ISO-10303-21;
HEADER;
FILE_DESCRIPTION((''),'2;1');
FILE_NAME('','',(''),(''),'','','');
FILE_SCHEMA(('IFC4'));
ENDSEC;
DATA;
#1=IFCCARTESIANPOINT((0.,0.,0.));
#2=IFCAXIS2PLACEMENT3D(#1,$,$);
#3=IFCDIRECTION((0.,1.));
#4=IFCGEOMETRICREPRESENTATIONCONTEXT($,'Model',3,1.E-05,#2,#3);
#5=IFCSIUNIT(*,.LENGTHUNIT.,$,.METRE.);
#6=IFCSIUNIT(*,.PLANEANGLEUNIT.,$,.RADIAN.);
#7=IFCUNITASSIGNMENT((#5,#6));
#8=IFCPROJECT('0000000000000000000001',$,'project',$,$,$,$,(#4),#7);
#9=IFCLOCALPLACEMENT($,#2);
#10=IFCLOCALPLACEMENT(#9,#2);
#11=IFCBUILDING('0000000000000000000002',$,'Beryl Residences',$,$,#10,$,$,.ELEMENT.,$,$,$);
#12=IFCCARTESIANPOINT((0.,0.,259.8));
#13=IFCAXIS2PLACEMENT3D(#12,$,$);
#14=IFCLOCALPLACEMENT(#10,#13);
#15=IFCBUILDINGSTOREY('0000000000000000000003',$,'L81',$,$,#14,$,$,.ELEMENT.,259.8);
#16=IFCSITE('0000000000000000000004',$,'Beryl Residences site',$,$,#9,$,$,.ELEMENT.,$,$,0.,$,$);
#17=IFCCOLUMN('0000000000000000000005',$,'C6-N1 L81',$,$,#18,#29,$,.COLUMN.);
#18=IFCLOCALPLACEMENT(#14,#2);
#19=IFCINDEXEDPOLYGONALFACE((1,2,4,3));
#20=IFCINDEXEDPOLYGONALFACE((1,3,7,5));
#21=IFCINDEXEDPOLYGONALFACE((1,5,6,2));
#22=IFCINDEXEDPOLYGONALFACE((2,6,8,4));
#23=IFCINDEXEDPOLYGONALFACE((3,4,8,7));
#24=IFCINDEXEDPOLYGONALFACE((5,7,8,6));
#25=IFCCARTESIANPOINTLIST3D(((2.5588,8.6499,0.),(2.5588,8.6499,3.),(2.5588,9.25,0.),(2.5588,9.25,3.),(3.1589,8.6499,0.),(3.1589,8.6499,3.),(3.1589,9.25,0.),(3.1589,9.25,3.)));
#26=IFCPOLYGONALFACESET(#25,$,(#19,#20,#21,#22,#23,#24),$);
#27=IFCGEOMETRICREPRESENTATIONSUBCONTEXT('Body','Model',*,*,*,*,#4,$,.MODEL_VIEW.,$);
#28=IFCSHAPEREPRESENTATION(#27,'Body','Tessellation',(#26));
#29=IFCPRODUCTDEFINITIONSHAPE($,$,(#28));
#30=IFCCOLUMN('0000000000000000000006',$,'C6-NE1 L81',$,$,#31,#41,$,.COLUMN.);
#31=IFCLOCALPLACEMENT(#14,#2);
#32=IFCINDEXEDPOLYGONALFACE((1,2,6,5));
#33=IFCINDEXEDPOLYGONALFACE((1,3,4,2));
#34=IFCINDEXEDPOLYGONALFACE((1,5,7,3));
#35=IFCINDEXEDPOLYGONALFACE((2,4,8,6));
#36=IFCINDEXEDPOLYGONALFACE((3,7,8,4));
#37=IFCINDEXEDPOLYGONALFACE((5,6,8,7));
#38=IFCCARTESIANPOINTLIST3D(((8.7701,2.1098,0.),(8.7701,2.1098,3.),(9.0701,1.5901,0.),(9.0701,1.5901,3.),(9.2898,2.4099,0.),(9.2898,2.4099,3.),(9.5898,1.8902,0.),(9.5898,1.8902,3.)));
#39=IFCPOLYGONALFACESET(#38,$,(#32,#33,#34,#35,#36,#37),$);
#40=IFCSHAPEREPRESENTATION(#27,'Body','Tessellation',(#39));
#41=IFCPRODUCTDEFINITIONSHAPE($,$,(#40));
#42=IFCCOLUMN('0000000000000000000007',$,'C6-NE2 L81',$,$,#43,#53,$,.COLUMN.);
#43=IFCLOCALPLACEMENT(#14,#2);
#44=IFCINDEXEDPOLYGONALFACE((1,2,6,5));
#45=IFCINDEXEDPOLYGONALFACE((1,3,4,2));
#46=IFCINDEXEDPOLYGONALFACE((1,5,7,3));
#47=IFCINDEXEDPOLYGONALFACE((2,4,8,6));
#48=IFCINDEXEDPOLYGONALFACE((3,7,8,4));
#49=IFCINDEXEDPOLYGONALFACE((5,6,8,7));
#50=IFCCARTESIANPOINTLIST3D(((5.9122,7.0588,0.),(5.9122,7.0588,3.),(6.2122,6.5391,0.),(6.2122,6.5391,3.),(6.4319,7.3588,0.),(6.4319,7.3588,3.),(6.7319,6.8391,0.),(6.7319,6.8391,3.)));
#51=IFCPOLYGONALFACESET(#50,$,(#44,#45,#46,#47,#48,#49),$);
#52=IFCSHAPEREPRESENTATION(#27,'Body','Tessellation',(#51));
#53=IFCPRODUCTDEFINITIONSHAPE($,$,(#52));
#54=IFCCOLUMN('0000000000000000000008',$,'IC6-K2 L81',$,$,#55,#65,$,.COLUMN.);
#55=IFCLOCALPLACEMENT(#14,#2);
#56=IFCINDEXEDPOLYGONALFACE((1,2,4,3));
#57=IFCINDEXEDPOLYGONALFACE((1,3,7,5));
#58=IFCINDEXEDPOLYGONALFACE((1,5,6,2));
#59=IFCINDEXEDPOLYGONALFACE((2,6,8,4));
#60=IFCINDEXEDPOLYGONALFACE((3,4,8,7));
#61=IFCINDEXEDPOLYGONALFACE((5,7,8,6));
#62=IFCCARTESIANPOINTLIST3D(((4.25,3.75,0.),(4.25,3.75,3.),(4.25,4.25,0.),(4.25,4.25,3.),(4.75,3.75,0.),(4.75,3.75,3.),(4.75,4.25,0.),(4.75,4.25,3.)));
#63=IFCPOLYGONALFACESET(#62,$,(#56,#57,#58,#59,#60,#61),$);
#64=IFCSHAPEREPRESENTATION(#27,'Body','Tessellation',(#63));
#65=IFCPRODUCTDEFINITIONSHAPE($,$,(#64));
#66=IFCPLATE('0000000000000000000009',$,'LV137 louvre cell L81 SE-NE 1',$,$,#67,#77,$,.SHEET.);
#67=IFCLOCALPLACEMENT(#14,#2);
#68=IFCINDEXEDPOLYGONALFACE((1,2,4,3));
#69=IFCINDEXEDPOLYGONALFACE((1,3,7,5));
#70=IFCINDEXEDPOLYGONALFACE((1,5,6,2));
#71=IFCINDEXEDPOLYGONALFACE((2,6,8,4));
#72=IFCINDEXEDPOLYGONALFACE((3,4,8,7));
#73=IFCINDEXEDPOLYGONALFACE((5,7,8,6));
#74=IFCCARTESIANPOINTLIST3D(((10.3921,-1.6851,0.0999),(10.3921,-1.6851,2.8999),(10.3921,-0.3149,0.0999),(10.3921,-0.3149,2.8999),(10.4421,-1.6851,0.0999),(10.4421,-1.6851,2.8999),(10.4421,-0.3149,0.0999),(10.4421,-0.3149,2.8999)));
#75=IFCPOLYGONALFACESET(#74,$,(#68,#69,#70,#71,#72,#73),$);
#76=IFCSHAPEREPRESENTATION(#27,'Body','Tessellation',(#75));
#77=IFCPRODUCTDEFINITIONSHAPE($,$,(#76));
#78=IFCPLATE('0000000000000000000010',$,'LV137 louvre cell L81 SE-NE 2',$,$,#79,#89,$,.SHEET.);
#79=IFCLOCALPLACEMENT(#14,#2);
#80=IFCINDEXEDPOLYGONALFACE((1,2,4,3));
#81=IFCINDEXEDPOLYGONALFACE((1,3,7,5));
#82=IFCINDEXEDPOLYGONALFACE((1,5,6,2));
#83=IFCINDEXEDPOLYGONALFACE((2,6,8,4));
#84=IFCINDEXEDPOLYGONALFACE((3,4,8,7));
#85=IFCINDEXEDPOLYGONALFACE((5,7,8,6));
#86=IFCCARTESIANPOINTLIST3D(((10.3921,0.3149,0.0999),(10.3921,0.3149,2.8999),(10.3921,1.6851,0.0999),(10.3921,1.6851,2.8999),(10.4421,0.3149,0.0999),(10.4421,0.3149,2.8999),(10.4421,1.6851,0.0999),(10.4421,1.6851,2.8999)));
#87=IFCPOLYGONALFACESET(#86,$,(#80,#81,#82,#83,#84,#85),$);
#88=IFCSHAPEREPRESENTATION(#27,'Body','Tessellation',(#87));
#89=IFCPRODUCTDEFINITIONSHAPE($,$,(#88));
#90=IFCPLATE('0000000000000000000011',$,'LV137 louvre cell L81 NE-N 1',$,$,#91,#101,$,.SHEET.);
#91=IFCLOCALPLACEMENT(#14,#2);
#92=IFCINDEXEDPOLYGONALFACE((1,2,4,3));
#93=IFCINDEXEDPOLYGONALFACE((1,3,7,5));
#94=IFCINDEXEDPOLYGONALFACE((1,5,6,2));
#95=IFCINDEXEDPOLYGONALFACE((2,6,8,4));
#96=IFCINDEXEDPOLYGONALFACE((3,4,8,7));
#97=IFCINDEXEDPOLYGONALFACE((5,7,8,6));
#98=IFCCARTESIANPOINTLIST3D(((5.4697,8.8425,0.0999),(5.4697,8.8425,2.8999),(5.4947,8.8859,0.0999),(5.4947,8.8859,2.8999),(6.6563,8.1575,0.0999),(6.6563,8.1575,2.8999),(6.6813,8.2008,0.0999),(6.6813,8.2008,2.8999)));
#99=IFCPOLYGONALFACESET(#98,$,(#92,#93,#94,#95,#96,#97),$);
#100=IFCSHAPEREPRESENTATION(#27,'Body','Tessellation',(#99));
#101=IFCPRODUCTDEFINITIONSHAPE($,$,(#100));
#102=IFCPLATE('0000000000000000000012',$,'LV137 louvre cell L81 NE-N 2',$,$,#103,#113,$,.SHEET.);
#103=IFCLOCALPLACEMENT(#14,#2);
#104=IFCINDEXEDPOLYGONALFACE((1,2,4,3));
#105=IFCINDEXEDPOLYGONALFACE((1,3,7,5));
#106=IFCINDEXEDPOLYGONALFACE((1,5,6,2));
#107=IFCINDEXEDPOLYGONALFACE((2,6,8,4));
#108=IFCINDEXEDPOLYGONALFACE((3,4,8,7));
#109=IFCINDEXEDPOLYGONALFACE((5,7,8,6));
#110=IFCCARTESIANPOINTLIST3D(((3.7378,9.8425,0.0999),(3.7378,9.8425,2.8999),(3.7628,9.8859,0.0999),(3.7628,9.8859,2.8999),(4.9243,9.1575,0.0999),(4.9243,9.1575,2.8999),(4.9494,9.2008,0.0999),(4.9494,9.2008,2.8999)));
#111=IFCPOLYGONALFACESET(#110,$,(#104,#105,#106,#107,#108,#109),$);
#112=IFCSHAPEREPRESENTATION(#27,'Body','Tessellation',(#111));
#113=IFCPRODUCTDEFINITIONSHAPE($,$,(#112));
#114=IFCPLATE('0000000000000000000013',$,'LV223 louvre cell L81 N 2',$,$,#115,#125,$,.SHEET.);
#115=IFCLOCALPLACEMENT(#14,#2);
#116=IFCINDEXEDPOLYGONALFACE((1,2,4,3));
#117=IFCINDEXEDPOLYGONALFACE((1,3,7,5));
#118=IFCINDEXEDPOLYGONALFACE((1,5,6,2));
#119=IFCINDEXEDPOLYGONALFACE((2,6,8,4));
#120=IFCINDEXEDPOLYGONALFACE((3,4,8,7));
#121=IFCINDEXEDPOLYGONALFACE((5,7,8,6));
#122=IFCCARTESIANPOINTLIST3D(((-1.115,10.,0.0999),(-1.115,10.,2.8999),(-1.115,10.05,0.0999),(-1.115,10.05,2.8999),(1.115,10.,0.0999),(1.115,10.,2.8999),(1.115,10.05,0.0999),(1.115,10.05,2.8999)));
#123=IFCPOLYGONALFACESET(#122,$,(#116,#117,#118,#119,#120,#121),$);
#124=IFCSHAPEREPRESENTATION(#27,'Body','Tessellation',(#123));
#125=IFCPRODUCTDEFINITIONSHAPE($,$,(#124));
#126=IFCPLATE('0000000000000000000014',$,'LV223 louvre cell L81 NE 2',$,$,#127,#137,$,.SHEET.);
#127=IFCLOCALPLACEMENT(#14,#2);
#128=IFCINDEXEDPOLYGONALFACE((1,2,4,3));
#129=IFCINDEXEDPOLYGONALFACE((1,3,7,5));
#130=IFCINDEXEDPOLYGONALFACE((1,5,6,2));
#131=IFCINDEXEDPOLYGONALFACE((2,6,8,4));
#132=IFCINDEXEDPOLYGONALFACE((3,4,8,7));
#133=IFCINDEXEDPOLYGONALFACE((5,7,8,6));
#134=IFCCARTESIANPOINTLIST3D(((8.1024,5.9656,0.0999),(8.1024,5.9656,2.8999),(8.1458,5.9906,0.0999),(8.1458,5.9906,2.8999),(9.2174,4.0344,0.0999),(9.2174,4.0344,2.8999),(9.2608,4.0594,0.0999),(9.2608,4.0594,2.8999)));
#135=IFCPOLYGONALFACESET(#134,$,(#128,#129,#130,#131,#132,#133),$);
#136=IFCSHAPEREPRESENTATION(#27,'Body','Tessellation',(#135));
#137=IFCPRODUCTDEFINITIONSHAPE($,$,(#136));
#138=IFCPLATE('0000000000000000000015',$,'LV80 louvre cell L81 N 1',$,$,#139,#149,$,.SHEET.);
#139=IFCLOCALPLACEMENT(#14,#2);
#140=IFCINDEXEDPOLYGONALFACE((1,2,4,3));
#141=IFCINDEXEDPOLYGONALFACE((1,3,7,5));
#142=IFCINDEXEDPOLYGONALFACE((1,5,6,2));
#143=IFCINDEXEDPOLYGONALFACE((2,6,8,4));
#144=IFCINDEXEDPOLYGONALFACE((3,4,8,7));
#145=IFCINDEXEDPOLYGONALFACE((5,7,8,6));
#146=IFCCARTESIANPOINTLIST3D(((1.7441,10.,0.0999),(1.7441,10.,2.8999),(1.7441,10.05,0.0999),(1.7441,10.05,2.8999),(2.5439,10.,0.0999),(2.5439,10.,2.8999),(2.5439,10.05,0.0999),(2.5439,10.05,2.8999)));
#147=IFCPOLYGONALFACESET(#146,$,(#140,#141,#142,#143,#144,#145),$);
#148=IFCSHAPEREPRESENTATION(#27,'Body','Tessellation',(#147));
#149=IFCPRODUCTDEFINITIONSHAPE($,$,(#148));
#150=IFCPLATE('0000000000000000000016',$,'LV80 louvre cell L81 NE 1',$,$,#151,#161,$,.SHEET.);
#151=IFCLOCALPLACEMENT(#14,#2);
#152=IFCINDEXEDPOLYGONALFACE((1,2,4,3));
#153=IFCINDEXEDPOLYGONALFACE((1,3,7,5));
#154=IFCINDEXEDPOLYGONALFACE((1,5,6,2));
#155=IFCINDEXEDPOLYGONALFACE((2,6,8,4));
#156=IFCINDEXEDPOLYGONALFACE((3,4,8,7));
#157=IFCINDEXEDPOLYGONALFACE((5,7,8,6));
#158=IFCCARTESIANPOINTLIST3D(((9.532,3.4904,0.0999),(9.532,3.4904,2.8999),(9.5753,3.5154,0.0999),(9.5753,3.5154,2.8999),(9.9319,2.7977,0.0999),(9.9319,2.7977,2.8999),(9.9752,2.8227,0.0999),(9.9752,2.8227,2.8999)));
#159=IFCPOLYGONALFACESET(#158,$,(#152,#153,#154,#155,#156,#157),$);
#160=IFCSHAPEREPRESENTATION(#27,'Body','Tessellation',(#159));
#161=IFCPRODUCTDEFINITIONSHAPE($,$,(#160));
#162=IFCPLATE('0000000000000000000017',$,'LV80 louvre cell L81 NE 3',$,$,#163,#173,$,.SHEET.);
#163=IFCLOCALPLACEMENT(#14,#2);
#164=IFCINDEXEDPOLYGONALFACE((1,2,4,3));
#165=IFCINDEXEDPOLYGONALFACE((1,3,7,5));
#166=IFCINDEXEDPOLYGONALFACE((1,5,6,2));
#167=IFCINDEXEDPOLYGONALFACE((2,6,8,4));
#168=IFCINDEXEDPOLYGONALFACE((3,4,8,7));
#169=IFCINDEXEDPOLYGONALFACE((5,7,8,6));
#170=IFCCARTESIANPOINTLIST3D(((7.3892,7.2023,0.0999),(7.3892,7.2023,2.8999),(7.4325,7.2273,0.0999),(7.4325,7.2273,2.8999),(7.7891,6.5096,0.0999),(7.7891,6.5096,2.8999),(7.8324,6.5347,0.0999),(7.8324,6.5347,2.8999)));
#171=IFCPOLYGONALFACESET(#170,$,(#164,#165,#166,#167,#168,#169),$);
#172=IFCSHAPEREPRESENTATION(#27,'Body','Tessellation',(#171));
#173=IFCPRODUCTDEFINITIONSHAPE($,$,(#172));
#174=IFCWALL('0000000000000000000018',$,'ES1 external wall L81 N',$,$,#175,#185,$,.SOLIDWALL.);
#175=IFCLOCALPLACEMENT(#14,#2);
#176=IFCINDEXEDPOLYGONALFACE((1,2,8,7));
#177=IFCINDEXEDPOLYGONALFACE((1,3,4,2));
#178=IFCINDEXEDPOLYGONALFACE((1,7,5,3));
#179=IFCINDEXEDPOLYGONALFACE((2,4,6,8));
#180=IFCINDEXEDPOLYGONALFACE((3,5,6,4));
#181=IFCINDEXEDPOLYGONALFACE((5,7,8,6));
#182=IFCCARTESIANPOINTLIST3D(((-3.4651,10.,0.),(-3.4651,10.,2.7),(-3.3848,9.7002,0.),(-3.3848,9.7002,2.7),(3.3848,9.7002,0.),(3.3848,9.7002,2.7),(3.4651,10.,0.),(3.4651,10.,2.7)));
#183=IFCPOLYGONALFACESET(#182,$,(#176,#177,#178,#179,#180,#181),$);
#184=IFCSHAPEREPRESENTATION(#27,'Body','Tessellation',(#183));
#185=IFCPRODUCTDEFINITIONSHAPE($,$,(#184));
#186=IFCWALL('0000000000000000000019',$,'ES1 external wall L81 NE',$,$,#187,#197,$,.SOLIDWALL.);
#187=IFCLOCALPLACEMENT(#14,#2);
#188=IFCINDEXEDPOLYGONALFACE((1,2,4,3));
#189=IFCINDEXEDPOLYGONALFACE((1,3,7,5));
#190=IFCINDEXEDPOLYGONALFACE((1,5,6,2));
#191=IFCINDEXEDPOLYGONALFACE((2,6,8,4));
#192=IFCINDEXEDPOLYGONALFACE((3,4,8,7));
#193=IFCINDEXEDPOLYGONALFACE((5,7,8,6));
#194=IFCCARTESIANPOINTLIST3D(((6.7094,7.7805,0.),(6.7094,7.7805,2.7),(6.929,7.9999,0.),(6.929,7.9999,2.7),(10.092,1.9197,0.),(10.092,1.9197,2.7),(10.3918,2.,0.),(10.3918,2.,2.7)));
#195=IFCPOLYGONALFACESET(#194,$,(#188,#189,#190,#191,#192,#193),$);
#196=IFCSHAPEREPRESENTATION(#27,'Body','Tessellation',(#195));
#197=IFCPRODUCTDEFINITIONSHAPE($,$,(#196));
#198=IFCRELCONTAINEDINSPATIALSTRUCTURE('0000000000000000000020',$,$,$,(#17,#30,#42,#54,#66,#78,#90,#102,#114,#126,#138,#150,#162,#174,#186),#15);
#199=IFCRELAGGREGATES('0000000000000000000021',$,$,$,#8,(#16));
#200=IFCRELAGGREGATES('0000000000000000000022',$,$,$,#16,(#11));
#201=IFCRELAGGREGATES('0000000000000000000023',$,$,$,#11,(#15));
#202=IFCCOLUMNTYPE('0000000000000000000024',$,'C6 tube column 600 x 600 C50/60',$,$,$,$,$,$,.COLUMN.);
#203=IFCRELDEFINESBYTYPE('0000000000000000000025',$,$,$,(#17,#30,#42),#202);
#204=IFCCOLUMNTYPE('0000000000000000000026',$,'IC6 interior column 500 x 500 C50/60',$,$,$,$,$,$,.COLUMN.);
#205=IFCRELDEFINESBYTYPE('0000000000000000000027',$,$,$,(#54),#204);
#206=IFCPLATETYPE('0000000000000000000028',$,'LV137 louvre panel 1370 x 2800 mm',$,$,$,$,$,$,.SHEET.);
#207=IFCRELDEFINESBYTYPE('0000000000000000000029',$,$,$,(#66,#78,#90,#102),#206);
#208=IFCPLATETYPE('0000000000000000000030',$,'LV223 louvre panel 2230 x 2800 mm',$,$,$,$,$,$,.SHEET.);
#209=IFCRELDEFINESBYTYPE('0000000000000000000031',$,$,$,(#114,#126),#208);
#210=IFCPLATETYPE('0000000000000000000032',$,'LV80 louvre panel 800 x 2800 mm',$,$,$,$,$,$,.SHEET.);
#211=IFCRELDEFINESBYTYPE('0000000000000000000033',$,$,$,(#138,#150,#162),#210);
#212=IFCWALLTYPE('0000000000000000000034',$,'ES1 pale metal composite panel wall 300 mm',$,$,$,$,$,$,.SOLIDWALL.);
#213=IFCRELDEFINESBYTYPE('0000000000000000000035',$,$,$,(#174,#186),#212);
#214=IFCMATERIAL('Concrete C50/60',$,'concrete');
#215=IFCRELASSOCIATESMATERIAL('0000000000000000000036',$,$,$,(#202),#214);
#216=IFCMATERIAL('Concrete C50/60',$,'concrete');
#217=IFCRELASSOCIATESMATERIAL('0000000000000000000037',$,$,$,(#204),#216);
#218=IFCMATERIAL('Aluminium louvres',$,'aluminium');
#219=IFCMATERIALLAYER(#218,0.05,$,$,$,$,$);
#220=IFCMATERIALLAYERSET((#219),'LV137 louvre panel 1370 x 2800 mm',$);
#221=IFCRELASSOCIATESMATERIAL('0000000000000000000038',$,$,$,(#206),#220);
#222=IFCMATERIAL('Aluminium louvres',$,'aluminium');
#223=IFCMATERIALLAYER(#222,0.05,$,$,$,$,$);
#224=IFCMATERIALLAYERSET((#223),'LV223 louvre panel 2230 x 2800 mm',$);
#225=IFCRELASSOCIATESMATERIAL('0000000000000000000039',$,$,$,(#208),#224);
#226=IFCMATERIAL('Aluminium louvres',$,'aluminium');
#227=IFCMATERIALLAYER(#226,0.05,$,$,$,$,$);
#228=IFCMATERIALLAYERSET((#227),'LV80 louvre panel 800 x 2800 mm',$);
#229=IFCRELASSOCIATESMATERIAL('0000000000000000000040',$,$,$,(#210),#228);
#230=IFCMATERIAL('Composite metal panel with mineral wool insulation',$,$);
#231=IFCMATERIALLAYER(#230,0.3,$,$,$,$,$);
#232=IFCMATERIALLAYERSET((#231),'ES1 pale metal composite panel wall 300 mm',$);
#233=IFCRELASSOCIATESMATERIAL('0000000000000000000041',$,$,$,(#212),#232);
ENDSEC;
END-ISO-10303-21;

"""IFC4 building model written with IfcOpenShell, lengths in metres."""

from ifc_helpers import new_model, si_unit, direction, frame, origin, origin_2d, place, context, subcontext, project, spatial, polyline, rectangle, outline, extrude, source, transform, mapped, material, layer, layer_set, material_profile, profile_set, type_object, type_shapes, element, save


model = new_model("IFC4")

# Units and contexts
model_context = context("Model", 3, precision=1e-05, world=origin(), true_north=direction((0.0, 1.0)))
body_context = subcontext(model_context, "Body", "Model", "MODEL_VIEW")
ifc_project = project(units=[si_unit("LENGTHUNIT", "METRE"), si_unit("PLANEANGLEUNIT", "RADIAN")], contexts=[model_context])

# Site, building, storey
site_placement = place(None, origin())
site = spatial("IfcSite", under=ifc_project, at=site_placement, Name="Beryl Residences site", CompositionType="ELEMENT", RefElevation=0.0)
building_placement = place(site_placement, origin())
building = spatial("IfcBuilding", under=site, at=building_placement, Name="Beryl Residences", CompositionType="ELEMENT")
storey_placement = place(building_placement, frame((0.0, 0.0, 259.8)))
storey = spatial("IfcBuildingStorey", under=building, at=storey_placement, Name="L81", CompositionType="ELEMENT", Elevation=259.8)

# Columns
ifc_material_1 = material(Name="Concrete C50/60", Category="concrete")
ifc_material_profile_1 = material_profile(ifc_material_1, rectangle(XDim=0.6001, YDim=0.6001, at=origin_2d()))
ifc_profile_set_1 = profile_set([ifc_material_profile_1], Name="Concrete C50/60")
column_type_1 = type_object("IfcColumnType", Name="C6 tube column 600 x 600 C50/60", PredefinedType="COLUMN", material=ifc_profile_set_1)
for number, where, z_axis, x_axis, name in (
    (1, (2.8589, 8.95, 0.0), (0.0, 0.0, 1.0), (-1.0, 0.0, 0.0), "C6-N1 L81"),
    (2, (9.1799, 2.0, 0.0), (0.0, 0.0, 1.0), (-0.49997, 0.866043, 0.0), "C6-NE1 L81"),
    (3, (6.322, 6.949, 0.0), (0.0, 0.0, 1.0), (-0.49997, 0.866043, 0.0), "C6-NE2 L81"),
):
    element("IfcColumn", number, at=place(storey_placement, frame(where, z_axis=z_axis, x_axis=x_axis)), inside=storey, type_object=column_type_1, Name=name, PredefinedType="COLUMN", context=body_context, shape_type="SweptSolid", body=[
        extrude(rectangle(XDim=0.6001, YDim=0.6001, at=origin_2d()), origin(), (0.0, 0.0, 1.0), 3.0),
    ])
ifc_material_2 = material(Name="Concrete C50/60", Category="concrete")
ifc_material_profile_2 = material_profile(ifc_material_2, rectangle(XDim=0.5, YDim=0.5, at=origin_2d()))
ifc_profile_set_2 = profile_set([ifc_material_profile_2], Name="Concrete C50/60")
column_type_2 = type_object("IfcColumnType", Name="IC6 interior column 500 x 500 C50/60", PredefinedType="COLUMN", material=ifc_profile_set_2)
column_placement = place(storey_placement, frame((4.5, 4.0, 0.0), z_axis=(0.0, 0.0, 1.0), x_axis=(1.0, 0.0, 0.0)))
element("IfcColumn", 4, at=column_placement, inside=storey, type_object=column_type_2, Name="IC6-K2 L81", PredefinedType="COLUMN", context=body_context, shape_type="SweptSolid", body=[
    extrude(rectangle(XDim=0.5, YDim=0.5, at=origin_2d()), origin(), (0.0, 0.0, 1.0), 3.0),
])

# Plates
ifc_material_3 = material(Name="Aluminium louvres", Category="aluminium")
ifc_layer_1 = layer(ifc_material_3, 0.05)
ifc_layer_set_1 = layer_set([ifc_layer_1], Name="LV137 louvre panel 1370 x 2800 mm")
plate_type_1 = type_object("IfcPlateType", Name="LV137 louvre panel 1370 x 2800 mm", PredefinedType="SHEET", material=ifc_layer_set_1)
shared_shape_1 = source(origin(), body_context, "Body", "SweptSolid", [
    extrude(outline(polyline([(-0.6851, 0.0), (0.6851, 0.0), (0.6851, 0.05), (-0.6851, 0.05), (-0.6851, 0.0)])), origin(), (0.0, 0.0, 1.0), 2.8),
])
type_shapes(plate_type_1, [shared_shape_1])
for number, where, z_axis, x_axis, name in (
    (5, (10.3921, -1.0, 0.0999), (0.0, 0.0, 1.0), (0.0, -1.0, 0.0), "LV137 louvre cell L81 SE-NE 1"),
    (6, (10.3921, 1.0, 0.0999), (0.0, 0.0, 1.0), (0.0, -1.0, 0.0), "LV137 louvre cell L81 SE-NE 2"),
    (7, (6.063, 8.5, 0.0999), (0.0, 0.0, 1.0), (0.866025, -0.5, 0.0), "LV137 louvre cell L81 NE-N 1"),
    (8, (4.3311, 9.5, 0.0999), (0.0, 0.0, 1.0), (0.866025, -0.5, 0.0), "LV137 louvre cell L81 NE-N 2"),
):
    element("IfcPlate", number, at=place(storey_placement, frame(where, z_axis=z_axis, x_axis=x_axis)), inside=storey, type_object=plate_type_1, Name=name, PredefinedType="SHEET", context=body_context, shape_type="MappedRepresentation", body=[
        mapped(shared_shape_1, transform((0.0, 0.0, 0.0))),
    ])
ifc_material_4 = material(Name="Aluminium louvres", Category="aluminium")
ifc_layer_2 = layer(ifc_material_4, 0.05)
ifc_layer_set_2 = layer_set([ifc_layer_2], Name="LV223 louvre panel 2230 x 2800 mm")
plate_type_2 = type_object("IfcPlateType", Name="LV223 louvre panel 2230 x 2800 mm", PredefinedType="SHEET", material=ifc_layer_set_2)
shared_shape_2 = source(origin(), body_context, "Body", "SweptSolid", [
    extrude(outline(polyline([(-1.115, 0.0), (1.115, 0.0), (1.115, 0.05), (-1.115, 0.05), (-1.115, 0.0)])), origin(), (0.0, 0.0, 1.0), 2.8),
])
type_shapes(plate_type_2, [shared_shape_2])
for number, where, z_axis, x_axis, name in (
    (9, (0.0, 10.0, 0.0999), (0.0, 0.0, 1.0), (1.0, 0.0, 0.0), "LV223 louvre cell L81 N 2"),
    (10, (8.6599, 5.0, 0.0999), (0.0, 0.0, 1.0), (0.5, -0.866025, 0.0), "LV223 louvre cell L81 NE 2"),
):
    element("IfcPlate", number, at=place(storey_placement, frame(where, z_axis=z_axis, x_axis=x_axis)), inside=storey, type_object=plate_type_2, Name=name, PredefinedType="SHEET", context=body_context, shape_type="MappedRepresentation", body=[
        mapped(shared_shape_2, transform((0.0, 0.0, 0.0))),
    ])
ifc_material_5 = material(Name="Aluminium louvres", Category="aluminium")
ifc_layer_3 = layer(ifc_material_5, 0.05)
ifc_layer_set_3 = layer_set([ifc_layer_3], Name="LV80 louvre panel 800 x 2800 mm")
plate_type_3 = type_object("IfcPlateType", Name="LV80 louvre panel 800 x 2800 mm", PredefinedType="SHEET", material=ifc_layer_set_3)
shared_shape_3 = source(origin(), body_context, "Body", "SweptSolid", [
    extrude(outline(polyline([(-0.3999, 0.0), (0.3999, 0.0), (0.3999, 0.05), (-0.3999, 0.05), (-0.3999, 0.0)])), origin(), (0.0, 0.0, 1.0), 2.8),
])
type_shapes(plate_type_3, [shared_shape_3])
for number, where, z_axis, x_axis, name in (
    (11, (2.144, 10.0, 0.0999), (0.0, 0.0, 1.0), (1.0, 0.0, 0.0), "LV80 louvre cell L81 N 1"),
    (12, (9.7319, 3.144, 0.0999), (0.0, 0.0, 1.0), (0.5, -0.866025, 0.0), "LV80 louvre cell L81 NE 1"),
    (13, (7.5891, 6.856, 0.0999), (0.0, 0.0, 1.0), (0.5, -0.866025, 0.0), "LV80 louvre cell L81 NE 3"),
):
    element("IfcPlate", number, at=place(storey_placement, frame(where, z_axis=z_axis, x_axis=x_axis)), inside=storey, type_object=plate_type_3, Name=name, PredefinedType="SHEET", context=body_context, shape_type="MappedRepresentation", body=[
        mapped(shared_shape_3, transform((0.0, 0.0, 0.0))),
    ])

# Walls
ifc_material_6 = material(Name="Composite metal panel with mineral wool insulation")
ifc_layer_4 = layer(ifc_material_6, 0.3)
ifc_layer_set_4 = layer_set([ifc_layer_4], Name="ES1 pale metal composite panel wall 300 mm")
wall_type = type_object("IfcWallType", Name="ES1 pale metal composite panel wall 300 mm", PredefinedType="SOLIDWALL", material=ifc_layer_set_4)
wall_1_placement = place(storey_placement, frame((3.4651, 9.8501, 0.0), z_axis=(0.0, 0.0, 1.0), x_axis=(-1.0, 0.0, 0.0)))
element("IfcWall", 14, at=wall_1_placement, inside=storey, type_object=wall_type, Name="ES1 external wall L81 N", PredefinedType="SOLIDWALL", context=body_context, shape_type="SweptSolid", body=[
    extrude(outline(polyline([(0.0, -0.1499), (6.9302, -0.1499), (6.8499, 0.1499), (0.0803, 0.1499), (0.0, -0.1499)])), origin(), (0.0, 0.0, 1.0), 2.7),
])
wall_2_placement = place(storey_placement, frame((10.262, 1.925, 0.0), z_axis=(0.0, 0.0, 1.0), x_axis=(-0.499869, 0.866101, 0.0)))
element("IfcWall", 15, at=wall_2_placement, inside=storey, type_object=wall_type, Name="ES1 external wall L81 NE", PredefinedType="SOLIDWALL", context=body_context, shape_type="SweptSolid", body=[
    extrude(outline(polyline([(0.0, -0.1499), (6.9275, -0.1499), (6.8472, 0.1499), (0.0803, 0.1499), (0.0, -0.1499)])), origin(), (0.0, 0.0, 1.0), 2.7),
])

save(model, "model.ifc")
